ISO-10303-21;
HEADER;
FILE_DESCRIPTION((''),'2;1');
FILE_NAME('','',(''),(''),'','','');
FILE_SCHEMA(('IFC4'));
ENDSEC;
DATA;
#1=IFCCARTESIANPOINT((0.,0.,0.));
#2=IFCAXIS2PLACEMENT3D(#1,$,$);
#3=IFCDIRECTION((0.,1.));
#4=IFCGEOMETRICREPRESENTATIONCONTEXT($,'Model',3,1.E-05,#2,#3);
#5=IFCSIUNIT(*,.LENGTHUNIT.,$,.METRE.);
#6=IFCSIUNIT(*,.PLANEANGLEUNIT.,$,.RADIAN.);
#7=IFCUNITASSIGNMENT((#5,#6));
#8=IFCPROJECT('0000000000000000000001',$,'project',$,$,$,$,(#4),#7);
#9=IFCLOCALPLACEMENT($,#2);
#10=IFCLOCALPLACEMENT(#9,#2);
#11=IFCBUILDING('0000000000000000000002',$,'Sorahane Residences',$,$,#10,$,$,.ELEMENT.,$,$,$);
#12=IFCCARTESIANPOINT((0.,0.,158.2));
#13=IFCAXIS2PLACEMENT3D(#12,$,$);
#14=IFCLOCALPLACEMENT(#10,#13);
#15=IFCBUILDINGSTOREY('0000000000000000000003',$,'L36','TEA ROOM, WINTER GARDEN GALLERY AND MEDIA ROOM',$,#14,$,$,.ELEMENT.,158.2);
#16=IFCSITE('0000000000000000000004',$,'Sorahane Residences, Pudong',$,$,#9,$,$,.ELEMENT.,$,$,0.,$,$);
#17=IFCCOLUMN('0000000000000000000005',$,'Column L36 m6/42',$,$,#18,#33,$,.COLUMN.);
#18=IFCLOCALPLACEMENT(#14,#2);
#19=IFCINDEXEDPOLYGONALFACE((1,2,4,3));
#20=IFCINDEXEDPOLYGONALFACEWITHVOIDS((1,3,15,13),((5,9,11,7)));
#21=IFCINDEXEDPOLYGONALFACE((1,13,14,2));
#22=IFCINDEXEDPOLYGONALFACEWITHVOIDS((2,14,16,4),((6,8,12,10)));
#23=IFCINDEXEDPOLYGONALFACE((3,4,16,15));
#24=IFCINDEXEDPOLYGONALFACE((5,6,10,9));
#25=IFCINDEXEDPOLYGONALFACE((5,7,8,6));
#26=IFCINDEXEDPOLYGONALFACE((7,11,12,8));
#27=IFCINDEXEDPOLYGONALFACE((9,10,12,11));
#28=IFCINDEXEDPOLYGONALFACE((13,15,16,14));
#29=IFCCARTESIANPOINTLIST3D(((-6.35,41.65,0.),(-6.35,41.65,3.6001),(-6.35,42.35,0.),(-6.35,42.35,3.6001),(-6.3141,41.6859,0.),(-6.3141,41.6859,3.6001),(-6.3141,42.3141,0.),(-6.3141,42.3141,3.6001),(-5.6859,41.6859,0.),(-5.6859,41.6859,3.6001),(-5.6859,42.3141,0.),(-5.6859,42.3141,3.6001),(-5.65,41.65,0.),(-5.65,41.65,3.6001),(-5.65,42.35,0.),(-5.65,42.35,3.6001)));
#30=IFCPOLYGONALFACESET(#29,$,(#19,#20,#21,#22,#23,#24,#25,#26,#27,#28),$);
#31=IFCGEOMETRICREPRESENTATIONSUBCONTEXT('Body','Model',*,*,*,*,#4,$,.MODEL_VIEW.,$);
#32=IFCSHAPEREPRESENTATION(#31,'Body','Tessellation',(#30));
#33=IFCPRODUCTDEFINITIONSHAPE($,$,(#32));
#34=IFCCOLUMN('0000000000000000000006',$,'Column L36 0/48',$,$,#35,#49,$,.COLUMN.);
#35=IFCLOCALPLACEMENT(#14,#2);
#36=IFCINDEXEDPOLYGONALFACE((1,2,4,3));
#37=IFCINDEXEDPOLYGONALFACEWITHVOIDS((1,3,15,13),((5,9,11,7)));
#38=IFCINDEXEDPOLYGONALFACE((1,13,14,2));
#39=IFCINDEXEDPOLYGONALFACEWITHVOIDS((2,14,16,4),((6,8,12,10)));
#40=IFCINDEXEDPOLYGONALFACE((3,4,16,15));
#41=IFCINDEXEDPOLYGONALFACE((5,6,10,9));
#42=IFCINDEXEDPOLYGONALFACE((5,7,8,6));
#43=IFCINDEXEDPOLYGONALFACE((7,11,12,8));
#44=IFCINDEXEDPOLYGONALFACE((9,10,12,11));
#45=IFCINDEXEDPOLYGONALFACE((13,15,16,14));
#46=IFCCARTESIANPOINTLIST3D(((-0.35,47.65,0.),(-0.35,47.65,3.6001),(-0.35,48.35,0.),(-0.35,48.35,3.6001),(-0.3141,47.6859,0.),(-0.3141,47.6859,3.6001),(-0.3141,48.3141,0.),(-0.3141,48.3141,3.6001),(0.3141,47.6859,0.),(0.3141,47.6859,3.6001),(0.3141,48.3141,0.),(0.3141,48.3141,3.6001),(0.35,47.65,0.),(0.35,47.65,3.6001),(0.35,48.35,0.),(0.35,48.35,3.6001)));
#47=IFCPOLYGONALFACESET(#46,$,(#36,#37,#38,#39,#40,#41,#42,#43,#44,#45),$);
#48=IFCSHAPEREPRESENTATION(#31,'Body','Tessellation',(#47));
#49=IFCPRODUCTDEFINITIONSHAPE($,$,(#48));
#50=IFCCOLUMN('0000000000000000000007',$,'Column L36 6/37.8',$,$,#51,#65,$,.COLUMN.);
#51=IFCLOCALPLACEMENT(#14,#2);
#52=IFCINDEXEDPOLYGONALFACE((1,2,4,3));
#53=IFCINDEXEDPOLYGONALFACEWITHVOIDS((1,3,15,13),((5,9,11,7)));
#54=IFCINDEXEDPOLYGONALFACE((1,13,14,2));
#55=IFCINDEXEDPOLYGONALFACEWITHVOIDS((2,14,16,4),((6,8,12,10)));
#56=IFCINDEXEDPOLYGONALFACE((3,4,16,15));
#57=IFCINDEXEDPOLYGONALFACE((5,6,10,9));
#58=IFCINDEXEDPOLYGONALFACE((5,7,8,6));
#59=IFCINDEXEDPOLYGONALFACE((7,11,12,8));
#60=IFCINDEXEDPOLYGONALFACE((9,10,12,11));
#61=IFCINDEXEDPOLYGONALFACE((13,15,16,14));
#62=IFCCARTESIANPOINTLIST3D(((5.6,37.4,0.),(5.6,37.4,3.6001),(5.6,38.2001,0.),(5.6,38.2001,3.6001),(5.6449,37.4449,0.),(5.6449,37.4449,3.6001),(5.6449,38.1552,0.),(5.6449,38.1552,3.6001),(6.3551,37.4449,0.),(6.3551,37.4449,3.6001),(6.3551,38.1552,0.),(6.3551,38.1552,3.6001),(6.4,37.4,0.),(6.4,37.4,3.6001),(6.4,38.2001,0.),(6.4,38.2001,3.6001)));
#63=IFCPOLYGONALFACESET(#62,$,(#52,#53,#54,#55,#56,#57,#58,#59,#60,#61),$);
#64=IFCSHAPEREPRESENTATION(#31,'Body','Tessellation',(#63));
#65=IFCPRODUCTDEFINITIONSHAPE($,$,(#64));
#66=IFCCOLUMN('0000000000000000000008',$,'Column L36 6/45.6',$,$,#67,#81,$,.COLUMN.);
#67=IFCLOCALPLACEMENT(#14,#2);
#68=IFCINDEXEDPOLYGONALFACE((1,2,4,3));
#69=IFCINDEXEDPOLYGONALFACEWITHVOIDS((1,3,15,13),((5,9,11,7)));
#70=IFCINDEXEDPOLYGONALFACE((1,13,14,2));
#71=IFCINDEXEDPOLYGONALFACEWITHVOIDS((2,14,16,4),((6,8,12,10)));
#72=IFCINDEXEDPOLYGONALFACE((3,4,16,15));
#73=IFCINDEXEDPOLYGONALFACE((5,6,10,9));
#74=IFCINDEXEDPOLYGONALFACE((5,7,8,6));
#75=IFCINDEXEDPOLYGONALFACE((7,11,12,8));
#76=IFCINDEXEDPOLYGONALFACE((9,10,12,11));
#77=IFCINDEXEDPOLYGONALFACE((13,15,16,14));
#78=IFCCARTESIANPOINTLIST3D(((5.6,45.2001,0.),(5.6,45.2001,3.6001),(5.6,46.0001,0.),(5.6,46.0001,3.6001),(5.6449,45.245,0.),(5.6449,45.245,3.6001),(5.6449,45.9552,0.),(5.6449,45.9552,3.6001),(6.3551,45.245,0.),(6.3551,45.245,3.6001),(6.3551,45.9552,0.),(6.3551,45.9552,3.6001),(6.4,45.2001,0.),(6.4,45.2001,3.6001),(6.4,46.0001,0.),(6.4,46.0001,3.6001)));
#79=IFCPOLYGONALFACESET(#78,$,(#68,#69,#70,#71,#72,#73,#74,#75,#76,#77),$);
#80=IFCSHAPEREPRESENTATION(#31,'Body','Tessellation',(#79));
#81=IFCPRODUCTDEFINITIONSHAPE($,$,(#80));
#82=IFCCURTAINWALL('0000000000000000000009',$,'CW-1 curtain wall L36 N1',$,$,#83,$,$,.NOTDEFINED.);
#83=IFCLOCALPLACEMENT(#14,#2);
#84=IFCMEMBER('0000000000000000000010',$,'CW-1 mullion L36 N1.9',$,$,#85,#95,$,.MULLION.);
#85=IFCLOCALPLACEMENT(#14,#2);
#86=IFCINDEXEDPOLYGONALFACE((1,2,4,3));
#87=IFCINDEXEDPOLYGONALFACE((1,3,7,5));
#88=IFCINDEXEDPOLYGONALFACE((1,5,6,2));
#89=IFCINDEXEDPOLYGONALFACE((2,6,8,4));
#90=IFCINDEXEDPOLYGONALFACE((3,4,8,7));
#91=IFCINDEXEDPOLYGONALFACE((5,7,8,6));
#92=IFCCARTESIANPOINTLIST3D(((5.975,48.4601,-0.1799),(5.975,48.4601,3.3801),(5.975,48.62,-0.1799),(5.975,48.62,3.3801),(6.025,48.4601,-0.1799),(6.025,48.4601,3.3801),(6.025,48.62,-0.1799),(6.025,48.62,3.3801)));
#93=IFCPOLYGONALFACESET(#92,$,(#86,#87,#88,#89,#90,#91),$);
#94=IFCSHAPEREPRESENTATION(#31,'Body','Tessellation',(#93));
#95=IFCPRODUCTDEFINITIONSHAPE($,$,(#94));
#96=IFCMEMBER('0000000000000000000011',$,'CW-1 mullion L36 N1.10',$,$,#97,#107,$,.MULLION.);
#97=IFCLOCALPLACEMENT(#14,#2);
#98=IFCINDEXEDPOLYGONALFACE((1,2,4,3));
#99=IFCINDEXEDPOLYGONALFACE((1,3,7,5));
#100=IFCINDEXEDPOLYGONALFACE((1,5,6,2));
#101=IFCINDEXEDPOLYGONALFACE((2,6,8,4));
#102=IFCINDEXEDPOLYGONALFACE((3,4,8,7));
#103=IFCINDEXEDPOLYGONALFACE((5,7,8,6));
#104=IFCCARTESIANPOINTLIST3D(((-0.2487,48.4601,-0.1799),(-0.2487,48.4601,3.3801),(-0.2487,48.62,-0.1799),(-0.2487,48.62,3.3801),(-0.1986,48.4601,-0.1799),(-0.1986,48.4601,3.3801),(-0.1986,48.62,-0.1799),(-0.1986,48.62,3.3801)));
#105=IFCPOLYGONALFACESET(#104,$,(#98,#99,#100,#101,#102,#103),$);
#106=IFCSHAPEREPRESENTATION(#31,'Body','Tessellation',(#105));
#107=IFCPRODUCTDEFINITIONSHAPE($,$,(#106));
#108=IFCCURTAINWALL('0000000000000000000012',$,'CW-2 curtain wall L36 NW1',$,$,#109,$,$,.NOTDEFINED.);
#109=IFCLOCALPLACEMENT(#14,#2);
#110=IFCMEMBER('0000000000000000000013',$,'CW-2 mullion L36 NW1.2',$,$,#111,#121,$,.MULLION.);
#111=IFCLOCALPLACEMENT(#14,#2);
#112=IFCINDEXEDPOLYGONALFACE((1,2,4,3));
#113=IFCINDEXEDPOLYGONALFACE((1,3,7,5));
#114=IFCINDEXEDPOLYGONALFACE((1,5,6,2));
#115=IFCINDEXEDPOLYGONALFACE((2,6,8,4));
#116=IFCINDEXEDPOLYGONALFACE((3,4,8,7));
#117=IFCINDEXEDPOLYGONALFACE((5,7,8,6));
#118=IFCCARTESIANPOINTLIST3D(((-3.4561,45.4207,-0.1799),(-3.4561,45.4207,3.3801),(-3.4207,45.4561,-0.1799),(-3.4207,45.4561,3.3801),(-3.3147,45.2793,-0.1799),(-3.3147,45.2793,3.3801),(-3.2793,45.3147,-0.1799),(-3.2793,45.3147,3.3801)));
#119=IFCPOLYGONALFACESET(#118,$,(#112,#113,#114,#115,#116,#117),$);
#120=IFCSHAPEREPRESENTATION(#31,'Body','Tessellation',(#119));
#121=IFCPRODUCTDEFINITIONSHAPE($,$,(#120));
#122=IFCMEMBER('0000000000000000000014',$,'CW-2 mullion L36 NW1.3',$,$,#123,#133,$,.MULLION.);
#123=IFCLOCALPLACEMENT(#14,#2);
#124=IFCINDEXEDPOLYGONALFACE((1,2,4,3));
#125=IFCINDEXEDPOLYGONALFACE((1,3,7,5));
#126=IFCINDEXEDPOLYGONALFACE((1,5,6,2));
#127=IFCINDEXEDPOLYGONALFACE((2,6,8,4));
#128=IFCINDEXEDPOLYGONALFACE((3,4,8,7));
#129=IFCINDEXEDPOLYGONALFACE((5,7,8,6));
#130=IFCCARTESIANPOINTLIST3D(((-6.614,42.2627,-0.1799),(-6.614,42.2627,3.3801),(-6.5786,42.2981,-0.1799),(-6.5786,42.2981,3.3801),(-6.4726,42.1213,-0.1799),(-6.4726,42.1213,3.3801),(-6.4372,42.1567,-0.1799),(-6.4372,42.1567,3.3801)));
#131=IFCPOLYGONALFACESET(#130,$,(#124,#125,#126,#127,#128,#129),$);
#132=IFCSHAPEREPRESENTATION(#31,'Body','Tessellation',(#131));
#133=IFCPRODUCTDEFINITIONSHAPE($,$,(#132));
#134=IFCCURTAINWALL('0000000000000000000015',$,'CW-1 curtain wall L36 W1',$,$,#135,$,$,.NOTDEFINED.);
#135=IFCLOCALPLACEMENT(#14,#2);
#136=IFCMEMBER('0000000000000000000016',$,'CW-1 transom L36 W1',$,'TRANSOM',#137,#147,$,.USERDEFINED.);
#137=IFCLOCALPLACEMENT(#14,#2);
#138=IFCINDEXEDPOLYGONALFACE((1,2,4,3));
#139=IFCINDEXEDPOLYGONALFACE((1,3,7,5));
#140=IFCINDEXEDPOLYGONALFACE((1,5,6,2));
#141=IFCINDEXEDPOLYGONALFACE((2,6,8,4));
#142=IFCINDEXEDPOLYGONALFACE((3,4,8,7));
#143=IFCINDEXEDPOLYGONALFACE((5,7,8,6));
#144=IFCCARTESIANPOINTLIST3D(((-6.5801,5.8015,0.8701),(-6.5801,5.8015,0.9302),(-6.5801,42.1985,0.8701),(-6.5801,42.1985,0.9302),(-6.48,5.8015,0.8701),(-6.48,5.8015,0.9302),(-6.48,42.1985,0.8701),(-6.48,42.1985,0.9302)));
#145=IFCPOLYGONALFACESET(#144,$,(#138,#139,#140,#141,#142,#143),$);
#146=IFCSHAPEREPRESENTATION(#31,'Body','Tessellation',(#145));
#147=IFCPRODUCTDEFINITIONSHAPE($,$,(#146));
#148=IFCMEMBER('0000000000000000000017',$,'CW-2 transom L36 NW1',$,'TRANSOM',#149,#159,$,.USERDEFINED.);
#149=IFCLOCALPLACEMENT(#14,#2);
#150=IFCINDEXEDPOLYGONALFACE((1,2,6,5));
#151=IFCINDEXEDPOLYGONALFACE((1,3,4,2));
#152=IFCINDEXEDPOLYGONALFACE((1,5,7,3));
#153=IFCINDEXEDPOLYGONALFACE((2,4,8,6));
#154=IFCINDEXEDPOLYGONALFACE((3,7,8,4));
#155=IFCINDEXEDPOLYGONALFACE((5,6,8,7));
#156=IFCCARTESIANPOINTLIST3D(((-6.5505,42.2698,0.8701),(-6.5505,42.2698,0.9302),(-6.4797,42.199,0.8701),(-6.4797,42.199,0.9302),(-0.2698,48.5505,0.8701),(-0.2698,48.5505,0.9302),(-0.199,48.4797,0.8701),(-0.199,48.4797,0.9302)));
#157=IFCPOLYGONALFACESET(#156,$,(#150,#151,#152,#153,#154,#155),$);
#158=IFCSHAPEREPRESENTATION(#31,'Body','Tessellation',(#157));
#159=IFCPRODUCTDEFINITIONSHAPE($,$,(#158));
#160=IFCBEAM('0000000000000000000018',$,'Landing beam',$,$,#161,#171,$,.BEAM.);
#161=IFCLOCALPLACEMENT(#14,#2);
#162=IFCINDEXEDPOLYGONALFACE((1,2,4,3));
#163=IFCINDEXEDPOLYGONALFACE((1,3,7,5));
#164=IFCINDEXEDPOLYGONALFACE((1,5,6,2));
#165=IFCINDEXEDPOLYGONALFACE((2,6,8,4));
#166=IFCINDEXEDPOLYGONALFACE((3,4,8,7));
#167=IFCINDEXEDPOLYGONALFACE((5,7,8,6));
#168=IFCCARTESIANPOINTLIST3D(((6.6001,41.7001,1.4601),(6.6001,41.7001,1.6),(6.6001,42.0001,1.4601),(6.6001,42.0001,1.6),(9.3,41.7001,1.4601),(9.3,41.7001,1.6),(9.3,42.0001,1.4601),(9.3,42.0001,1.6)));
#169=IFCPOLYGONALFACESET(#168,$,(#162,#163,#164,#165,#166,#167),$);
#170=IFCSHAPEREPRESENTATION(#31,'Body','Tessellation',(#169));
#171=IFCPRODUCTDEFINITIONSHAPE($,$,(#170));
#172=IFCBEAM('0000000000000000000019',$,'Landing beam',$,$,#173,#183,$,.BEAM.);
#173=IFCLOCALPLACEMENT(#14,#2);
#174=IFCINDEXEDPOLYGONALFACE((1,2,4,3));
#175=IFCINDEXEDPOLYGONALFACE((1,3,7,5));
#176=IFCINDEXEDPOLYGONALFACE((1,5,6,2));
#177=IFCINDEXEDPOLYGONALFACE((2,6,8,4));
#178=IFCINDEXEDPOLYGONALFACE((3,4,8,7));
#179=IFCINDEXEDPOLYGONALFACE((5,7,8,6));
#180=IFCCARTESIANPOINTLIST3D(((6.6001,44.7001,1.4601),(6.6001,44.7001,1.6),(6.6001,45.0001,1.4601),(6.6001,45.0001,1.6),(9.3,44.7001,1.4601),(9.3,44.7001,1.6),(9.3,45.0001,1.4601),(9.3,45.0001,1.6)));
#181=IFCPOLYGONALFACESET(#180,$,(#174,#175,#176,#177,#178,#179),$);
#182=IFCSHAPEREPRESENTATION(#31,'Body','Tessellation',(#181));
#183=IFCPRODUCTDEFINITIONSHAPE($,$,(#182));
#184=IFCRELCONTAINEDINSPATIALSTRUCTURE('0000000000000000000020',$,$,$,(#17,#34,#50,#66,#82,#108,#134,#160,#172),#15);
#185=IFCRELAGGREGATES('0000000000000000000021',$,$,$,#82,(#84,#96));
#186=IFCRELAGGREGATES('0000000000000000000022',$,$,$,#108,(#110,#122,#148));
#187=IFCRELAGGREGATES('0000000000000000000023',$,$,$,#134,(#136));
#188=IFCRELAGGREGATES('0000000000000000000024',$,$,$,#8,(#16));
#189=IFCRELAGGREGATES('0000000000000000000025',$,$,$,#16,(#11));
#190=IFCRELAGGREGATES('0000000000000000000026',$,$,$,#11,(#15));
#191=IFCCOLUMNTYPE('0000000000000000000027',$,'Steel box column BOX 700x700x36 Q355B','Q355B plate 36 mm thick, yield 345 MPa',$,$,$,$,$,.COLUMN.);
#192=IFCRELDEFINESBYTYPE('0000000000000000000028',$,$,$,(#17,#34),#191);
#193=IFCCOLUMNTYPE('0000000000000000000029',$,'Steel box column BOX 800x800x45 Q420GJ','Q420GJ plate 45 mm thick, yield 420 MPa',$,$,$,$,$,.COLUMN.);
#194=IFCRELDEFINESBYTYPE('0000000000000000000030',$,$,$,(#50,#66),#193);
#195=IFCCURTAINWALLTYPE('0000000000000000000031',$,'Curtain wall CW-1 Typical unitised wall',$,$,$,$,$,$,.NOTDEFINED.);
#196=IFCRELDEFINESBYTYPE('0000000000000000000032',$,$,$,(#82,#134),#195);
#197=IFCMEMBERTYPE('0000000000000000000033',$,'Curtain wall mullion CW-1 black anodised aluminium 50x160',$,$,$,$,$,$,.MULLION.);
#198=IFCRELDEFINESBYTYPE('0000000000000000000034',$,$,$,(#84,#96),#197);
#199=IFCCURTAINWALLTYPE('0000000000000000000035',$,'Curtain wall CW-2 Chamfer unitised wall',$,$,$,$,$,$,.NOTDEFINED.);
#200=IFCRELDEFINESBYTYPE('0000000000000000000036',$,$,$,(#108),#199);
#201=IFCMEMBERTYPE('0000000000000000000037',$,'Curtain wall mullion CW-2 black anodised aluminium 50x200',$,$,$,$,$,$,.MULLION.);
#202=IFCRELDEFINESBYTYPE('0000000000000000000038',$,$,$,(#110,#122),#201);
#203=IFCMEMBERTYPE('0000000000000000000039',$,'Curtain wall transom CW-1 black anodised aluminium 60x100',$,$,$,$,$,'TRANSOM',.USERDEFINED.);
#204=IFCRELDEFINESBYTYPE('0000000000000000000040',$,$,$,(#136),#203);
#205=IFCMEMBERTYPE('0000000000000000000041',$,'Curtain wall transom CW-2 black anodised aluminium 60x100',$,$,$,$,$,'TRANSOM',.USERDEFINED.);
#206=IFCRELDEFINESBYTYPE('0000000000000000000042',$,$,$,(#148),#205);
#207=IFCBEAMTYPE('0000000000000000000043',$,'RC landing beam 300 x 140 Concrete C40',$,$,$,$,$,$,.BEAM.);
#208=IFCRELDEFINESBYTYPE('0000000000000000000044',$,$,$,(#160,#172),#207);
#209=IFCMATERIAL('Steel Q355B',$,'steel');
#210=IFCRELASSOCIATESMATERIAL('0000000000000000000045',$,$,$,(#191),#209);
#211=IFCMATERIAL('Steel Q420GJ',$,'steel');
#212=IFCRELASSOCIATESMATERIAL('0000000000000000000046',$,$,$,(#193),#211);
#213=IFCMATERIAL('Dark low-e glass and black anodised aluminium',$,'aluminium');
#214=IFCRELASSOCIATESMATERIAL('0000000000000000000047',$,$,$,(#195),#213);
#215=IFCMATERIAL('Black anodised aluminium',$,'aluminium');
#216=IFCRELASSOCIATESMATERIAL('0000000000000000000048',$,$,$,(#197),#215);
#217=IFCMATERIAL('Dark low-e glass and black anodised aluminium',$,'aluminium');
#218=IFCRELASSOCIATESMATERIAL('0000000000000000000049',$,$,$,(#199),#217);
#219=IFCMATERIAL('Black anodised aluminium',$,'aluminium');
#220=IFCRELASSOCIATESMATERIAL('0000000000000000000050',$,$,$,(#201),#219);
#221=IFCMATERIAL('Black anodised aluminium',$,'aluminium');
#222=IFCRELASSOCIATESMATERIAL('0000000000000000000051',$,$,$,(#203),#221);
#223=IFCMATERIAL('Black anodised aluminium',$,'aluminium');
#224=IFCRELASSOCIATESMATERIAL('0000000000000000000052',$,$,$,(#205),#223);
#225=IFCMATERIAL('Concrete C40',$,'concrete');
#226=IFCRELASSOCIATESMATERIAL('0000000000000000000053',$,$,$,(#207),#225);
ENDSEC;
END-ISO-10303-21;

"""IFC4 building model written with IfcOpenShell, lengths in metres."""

from ifc_helpers import new_model, si_unit, direction, frame, origin, origin_2d, place, context, subcontext, project, spatial, rectangle, hollow_rectangle, extrude, material, material_profile, profile_set, type_object, element, aggregate, save


model = new_model("IFC4")

# Units and contexts
model_context = context("Model", 3, precision=1e-05, world=origin(), true_north=direction((0.0, 1.0)))
body_context = subcontext(model_context, "Body", "Model", "MODEL_VIEW")
ifc_project = project(units=[si_unit("LENGTHUNIT", "METRE"), si_unit("PLANEANGLEUNIT", "RADIAN")], contexts=[model_context])

# Site, building, storey
site_placement = place(None, origin())
site = spatial("IfcSite", under=ifc_project, at=site_placement, Name="Sorahane Residences, Pudong", CompositionType="ELEMENT", RefElevation=0.0)
building_placement = place(site_placement, origin())
building = spatial("IfcBuilding", under=site, at=building_placement, Name="Sorahane Residences", CompositionType="ELEMENT")
storey_placement = place(building_placement, frame((0.0, 0.0, 158.2)))
storey = spatial("IfcBuildingStorey", under=building, at=storey_placement, Name="L36", Description="TEA ROOM, WINTER GARDEN GALLERY AND MEDIA ROOM", CompositionType="ELEMENT", Elevation=158.2)

# Columns
ifc_material_1 = material(Name="Steel Q355B", Category="steel")
ifc_material_profile_1 = material_profile(ifc_material_1, hollow_rectangle(XDim=0.7, YDim=0.7, WallThickness=0.0359, at=origin_2d()), Name="BOX 700x700x36")
ifc_profile_set_1 = profile_set([ifc_material_profile_1], Name="Steel Q355B")
column_type_1 = type_object("IfcColumnType", Name="Steel box column BOX 700x700x36 Q355B", Description="Q355B plate 36 mm thick, yield 345 MPa", PredefinedType="COLUMN", material=ifc_profile_set_1)
for number, where, z_axis, x_axis, name in (
    (1, (-6.0, 42.0, 0.0), (0.0, 0.0, 1.0), (1.0, 0.0, 0.0), "Column L36 m6/42"),
    (2, (0.0, 48.0, 0.0), (0.0, 0.0, 1.0), (1.0, 0.0, 0.0), "Column L36 0/48"),
):
    element("IfcColumn", number, at=place(storey_placement, frame(where, z_axis=z_axis, x_axis=x_axis)), inside=storey, type_object=column_type_1, Name=name, PredefinedType="COLUMN", context=body_context, shape_type="SweptSolid", body=[
        extrude(hollow_rectangle(XDim=0.7, YDim=0.7, WallThickness=0.0359, at=origin_2d()), origin(), (0.0, 0.0, 1.0), 3.6001),
    ])
ifc_material_2 = material(Name="Steel Q420GJ", Category="steel")
ifc_material_profile_2 = material_profile(ifc_material_2, hollow_rectangle(XDim=0.8, YDim=0.8, WallThickness=0.0449, at=origin_2d()), Name="BOX 800x800x45")
ifc_profile_set_2 = profile_set([ifc_material_profile_2], Name="Steel Q420GJ")
column_type_2 = type_object("IfcColumnType", Name="Steel box column BOX 800x800x45 Q420GJ", Description="Q420GJ plate 45 mm thick, yield 420 MPa", PredefinedType="COLUMN", material=ifc_profile_set_2)
for number, where, z_axis, x_axis, name in (
    (3, (6.0, 37.8, 0.0), (0.0, 0.0, 1.0), (1.0, 0.0, 0.0), "Column L36 6/37.8"),
    (4, (6.0, 45.6001, 0.0), (0.0, 0.0, 1.0), (1.0, 0.0, 0.0), "Column L36 6/45.6"),
):
    element("IfcColumn", number, at=place(storey_placement, frame(where, z_axis=z_axis, x_axis=x_axis)), inside=storey, type_object=column_type_2, Name=name, PredefinedType="COLUMN", context=body_context, shape_type="SweptSolid", body=[
        extrude(hollow_rectangle(XDim=0.8, YDim=0.8, WallThickness=0.0449, at=origin_2d()), origin(), (0.0, 0.0, 1.0), 3.6001),
    ])

# Curtain walls, members
ifc_material_3 = material(Name="Dark low-e glass and black anodised aluminium", Category="aluminium")
curtain_wall_type_1 = type_object("IfcCurtainWallType", Name="Curtain wall CW-1 Typical unitised wall", PredefinedType="NOTDEFINED", material=ifc_material_3)
curtain_wall_1_placement = place(storey_placement, origin())
curtain_wall_1 = element("IfcCurtainWall", 5, at=curtain_wall_1_placement, inside=storey, type_object=curtain_wall_type_1, Name="CW-1 curtain wall L36 N1", PredefinedType="NOTDEFINED")
ifc_material_4 = material(Name="Black anodised aluminium", Category="aluminium")
ifc_material_profile_3 = material_profile(ifc_material_4, rectangle(XDim=0.1599, YDim=0.05, at=origin_2d()), Name="Curtain wall mullion CW-1 black anodised aluminium 50x160")
ifc_profile_set_3 = profile_set([ifc_material_profile_3], Name="Black anodised aluminium")
member_type_1 = type_object("IfcMemberType", Name="Curtain wall mullion CW-1 black anodised aluminium 50x160", PredefinedType="MULLION", material=ifc_profile_set_3)
member_1_placement = place(storey_placement, frame((6.0, 48.54, -0.1799), z_axis=(0.0, 0.0, 1.0), x_axis=(0.0, 1.0, 0.0)))
member_1 = element("IfcMember", 6, at=member_1_placement, type_object=member_type_1, Name="CW-1 mullion L36 N1.9", PredefinedType="MULLION", context=body_context, shape_type="SweptSolid", body=[
    extrude(rectangle(XDim=0.1599, YDim=0.05, at=origin_2d()), origin(), (0.0, 0.0, 1.0), 3.5601),
])
member_2_placement = place(storey_placement, frame((-0.2236, 48.54, -0.1799), z_axis=(0.0, 0.0, 1.0), x_axis=(0.0, 1.0, 0.0)))
member_2 = element("IfcMember", 7, at=member_2_placement, type_object=member_type_1, Name="CW-1 mullion L36 N1.10", PredefinedType="MULLION", context=body_context, shape_type="SweptSolid", body=[
    extrude(rectangle(XDim=0.1599, YDim=0.05, at=origin_2d()), origin(), (0.0, 0.0, 1.0), 3.5601),
])
ifc_material_5 = material(Name="Dark low-e glass and black anodised aluminium", Category="aluminium")
curtain_wall_type_2 = type_object("IfcCurtainWallType", Name="Curtain wall CW-2 Chamfer unitised wall", PredefinedType="NOTDEFINED", material=ifc_material_5)
curtain_wall_2_placement = place(storey_placement, origin())
curtain_wall_2 = element("IfcCurtainWall", 8, at=curtain_wall_2_placement, inside=storey, type_object=curtain_wall_type_2, Name="CW-2 curtain wall L36 NW1", PredefinedType="NOTDEFINED")
ifc_material_6 = material(Name="Black anodised aluminium", Category="aluminium")
ifc_material_profile_4 = material_profile(ifc_material_6, rectangle(XDim=0.2, YDim=0.05, at=origin_2d()), Name="Curtain wall mullion CW-2 black anodised aluminium 50x200")
ifc_profile_set_4 = profile_set([ifc_material_profile_4], Name="Black anodised aluminium")
member_type_2 = type_object("IfcMemberType", Name="Curtain wall mullion CW-2 black anodised aluminium 50x200", PredefinedType="MULLION", material=ifc_profile_set_4)
member_3_placement = place(storey_placement, frame((-3.3677, 45.3677, -0.1799), z_axis=(0.0, 0.0, 1.0), x_axis=(-0.707107, 0.707107, 0.0)))
member_3 = element("IfcMember", 9, at=member_3_placement, type_object=member_type_2, Name="CW-2 mullion L36 NW1.2", PredefinedType="MULLION", context=body_context, shape_type="SweptSolid", body=[
    extrude(rectangle(XDim=0.2, YDim=0.05, at=origin_2d()), origin(), (0.0, 0.0, 1.0), 3.5601),
])
member_4_placement = place(storey_placement, frame((-6.5256, 42.2097, -0.1799), z_axis=(0.0, 0.0, 1.0), x_axis=(-0.707107, 0.707107, 0.0)))
member_4 = element("IfcMember", 10, at=member_4_placement, type_object=member_type_2, Name="CW-2 mullion L36 NW1.3", PredefinedType="MULLION", context=body_context, shape_type="SweptSolid", body=[
    extrude(rectangle(XDim=0.2, YDim=0.05, at=origin_2d()), origin(), (0.0, 0.0, 1.0), 3.5601),
])

# Curtain wall, member
curtain_wall_3_placement = place(storey_placement, origin())
curtain_wall_3 = element("IfcCurtainWall", 11, at=curtain_wall_3_placement, inside=storey, type_object=curtain_wall_type_1, Name="CW-1 curtain wall L36 W1", PredefinedType="NOTDEFINED")
ifc_material_7 = material(Name="Black anodised aluminium", Category="aluminium")
ifc_material_profile_5 = material_profile(ifc_material_7, rectangle(XDim=0.1001, YDim=0.0601, at=origin_2d()), Name="Curtain wall transom CW-1 black anodised aluminium 60x100")
ifc_profile_set_5 = profile_set([ifc_material_profile_5], Name="Black anodised aluminium")
member_type_3 = type_object("IfcMemberType", Name="Curtain wall transom CW-1 black anodised aluminium 60x100", ElementType="TRANSOM", PredefinedType="USERDEFINED", material=ifc_profile_set_5)
member_5_placement = place(storey_placement, frame((-6.53, 42.1985, 0.9001), z_axis=(0.0, -1.0, 0.0), x_axis=(1.0, 0.0, 0.0)))
member_5 = element("IfcMember", 12, at=member_5_placement, type_object=member_type_3, Name="CW-1 transom L36 W1", ObjectType="TRANSOM", PredefinedType="USERDEFINED", context=body_context, shape_type="SweptSolid", body=[
    extrude(rectangle(XDim=0.1001, YDim=0.0601, at=origin_2d()), origin(), (0.0, 0.0, 1.0), 36.397),
])

# Member
ifc_material_8 = material(Name="Black anodised aluminium", Category="aluminium")
ifc_material_profile_6 = material_profile(ifc_material_8, rectangle(XDim=0.1001, YDim=0.0601, at=origin_2d()), Name="Curtain wall transom CW-2 black anodised aluminium 60x100")
ifc_profile_set_6 = profile_set([ifc_material_profile_6], Name="Black anodised aluminium")
member_type_4 = type_object("IfcMemberType", Name="Curtain wall transom CW-2 black anodised aluminium 60x100", ElementType="TRANSOM", PredefinedType="USERDEFINED", material=ifc_profile_set_6)
member_6_placement = place(storey_placement, frame((-0.2344, 48.5151, 0.9001), z_axis=(-0.707107, -0.707107, 0.0), x_axis=(0.707107, -0.707107, 0.0)))
member_6 = element("IfcMember", 13, at=member_6_placement, type_object=member_type_4, Name="CW-2 transom L36 NW1", ObjectType="TRANSOM", PredefinedType="USERDEFINED", context=body_context, shape_type="SweptSolid", body=[
    extrude(rectangle(XDim=0.1001, YDim=0.0601, at=origin_2d()), origin(), (0.0, 0.0, 1.0), 8.8823),
])

# Beams
ifc_material_9 = material(Name="Concrete C40", Category="concrete")
ifc_material_profile_7 = material_profile(ifc_material_9, rectangle(XDim=0.3, YDim=0.1399, at=origin_2d()), Name="300x140")
ifc_profile_set_7 = profile_set([ifc_material_profile_7], Name="Concrete C40")
beam_type_1 = type_object("IfcBeamType", Name="RC landing beam 300 x 140 Concrete C40", PredefinedType="BEAM", material=ifc_profile_set_7)
for number, where, z_axis, x_axis, name in (
    (14, (6.6001, 41.8501, 1.53), (1.0, 0.0, 0.0), (0.0, 1.0, 0.0), "Landing beam"),
    (15, (6.6001, 44.8501, 1.53), (1.0, 0.0, 0.0), (0.0, 1.0, 0.0), "Landing beam"),
):
    element("IfcBeam", number, at=place(storey_placement, frame(where, z_axis=z_axis, x_axis=x_axis)), inside=storey, type_object=beam_type_1, Name=name, PredefinedType="BEAM", context=body_context, shape_type="SweptSolid", body=[
        extrude(rectangle(XDim=0.3, YDim=0.1399, at=origin_2d()), origin(), (0.0, 0.0, 1.0), 2.7),
    ])

aggregate(curtain_wall_1, [member_1, member_2])
aggregate(curtain_wall_2, [member_3, member_4, member_6])
aggregate(curtain_wall_3, [member_5])

save(model, "model.ifc")
